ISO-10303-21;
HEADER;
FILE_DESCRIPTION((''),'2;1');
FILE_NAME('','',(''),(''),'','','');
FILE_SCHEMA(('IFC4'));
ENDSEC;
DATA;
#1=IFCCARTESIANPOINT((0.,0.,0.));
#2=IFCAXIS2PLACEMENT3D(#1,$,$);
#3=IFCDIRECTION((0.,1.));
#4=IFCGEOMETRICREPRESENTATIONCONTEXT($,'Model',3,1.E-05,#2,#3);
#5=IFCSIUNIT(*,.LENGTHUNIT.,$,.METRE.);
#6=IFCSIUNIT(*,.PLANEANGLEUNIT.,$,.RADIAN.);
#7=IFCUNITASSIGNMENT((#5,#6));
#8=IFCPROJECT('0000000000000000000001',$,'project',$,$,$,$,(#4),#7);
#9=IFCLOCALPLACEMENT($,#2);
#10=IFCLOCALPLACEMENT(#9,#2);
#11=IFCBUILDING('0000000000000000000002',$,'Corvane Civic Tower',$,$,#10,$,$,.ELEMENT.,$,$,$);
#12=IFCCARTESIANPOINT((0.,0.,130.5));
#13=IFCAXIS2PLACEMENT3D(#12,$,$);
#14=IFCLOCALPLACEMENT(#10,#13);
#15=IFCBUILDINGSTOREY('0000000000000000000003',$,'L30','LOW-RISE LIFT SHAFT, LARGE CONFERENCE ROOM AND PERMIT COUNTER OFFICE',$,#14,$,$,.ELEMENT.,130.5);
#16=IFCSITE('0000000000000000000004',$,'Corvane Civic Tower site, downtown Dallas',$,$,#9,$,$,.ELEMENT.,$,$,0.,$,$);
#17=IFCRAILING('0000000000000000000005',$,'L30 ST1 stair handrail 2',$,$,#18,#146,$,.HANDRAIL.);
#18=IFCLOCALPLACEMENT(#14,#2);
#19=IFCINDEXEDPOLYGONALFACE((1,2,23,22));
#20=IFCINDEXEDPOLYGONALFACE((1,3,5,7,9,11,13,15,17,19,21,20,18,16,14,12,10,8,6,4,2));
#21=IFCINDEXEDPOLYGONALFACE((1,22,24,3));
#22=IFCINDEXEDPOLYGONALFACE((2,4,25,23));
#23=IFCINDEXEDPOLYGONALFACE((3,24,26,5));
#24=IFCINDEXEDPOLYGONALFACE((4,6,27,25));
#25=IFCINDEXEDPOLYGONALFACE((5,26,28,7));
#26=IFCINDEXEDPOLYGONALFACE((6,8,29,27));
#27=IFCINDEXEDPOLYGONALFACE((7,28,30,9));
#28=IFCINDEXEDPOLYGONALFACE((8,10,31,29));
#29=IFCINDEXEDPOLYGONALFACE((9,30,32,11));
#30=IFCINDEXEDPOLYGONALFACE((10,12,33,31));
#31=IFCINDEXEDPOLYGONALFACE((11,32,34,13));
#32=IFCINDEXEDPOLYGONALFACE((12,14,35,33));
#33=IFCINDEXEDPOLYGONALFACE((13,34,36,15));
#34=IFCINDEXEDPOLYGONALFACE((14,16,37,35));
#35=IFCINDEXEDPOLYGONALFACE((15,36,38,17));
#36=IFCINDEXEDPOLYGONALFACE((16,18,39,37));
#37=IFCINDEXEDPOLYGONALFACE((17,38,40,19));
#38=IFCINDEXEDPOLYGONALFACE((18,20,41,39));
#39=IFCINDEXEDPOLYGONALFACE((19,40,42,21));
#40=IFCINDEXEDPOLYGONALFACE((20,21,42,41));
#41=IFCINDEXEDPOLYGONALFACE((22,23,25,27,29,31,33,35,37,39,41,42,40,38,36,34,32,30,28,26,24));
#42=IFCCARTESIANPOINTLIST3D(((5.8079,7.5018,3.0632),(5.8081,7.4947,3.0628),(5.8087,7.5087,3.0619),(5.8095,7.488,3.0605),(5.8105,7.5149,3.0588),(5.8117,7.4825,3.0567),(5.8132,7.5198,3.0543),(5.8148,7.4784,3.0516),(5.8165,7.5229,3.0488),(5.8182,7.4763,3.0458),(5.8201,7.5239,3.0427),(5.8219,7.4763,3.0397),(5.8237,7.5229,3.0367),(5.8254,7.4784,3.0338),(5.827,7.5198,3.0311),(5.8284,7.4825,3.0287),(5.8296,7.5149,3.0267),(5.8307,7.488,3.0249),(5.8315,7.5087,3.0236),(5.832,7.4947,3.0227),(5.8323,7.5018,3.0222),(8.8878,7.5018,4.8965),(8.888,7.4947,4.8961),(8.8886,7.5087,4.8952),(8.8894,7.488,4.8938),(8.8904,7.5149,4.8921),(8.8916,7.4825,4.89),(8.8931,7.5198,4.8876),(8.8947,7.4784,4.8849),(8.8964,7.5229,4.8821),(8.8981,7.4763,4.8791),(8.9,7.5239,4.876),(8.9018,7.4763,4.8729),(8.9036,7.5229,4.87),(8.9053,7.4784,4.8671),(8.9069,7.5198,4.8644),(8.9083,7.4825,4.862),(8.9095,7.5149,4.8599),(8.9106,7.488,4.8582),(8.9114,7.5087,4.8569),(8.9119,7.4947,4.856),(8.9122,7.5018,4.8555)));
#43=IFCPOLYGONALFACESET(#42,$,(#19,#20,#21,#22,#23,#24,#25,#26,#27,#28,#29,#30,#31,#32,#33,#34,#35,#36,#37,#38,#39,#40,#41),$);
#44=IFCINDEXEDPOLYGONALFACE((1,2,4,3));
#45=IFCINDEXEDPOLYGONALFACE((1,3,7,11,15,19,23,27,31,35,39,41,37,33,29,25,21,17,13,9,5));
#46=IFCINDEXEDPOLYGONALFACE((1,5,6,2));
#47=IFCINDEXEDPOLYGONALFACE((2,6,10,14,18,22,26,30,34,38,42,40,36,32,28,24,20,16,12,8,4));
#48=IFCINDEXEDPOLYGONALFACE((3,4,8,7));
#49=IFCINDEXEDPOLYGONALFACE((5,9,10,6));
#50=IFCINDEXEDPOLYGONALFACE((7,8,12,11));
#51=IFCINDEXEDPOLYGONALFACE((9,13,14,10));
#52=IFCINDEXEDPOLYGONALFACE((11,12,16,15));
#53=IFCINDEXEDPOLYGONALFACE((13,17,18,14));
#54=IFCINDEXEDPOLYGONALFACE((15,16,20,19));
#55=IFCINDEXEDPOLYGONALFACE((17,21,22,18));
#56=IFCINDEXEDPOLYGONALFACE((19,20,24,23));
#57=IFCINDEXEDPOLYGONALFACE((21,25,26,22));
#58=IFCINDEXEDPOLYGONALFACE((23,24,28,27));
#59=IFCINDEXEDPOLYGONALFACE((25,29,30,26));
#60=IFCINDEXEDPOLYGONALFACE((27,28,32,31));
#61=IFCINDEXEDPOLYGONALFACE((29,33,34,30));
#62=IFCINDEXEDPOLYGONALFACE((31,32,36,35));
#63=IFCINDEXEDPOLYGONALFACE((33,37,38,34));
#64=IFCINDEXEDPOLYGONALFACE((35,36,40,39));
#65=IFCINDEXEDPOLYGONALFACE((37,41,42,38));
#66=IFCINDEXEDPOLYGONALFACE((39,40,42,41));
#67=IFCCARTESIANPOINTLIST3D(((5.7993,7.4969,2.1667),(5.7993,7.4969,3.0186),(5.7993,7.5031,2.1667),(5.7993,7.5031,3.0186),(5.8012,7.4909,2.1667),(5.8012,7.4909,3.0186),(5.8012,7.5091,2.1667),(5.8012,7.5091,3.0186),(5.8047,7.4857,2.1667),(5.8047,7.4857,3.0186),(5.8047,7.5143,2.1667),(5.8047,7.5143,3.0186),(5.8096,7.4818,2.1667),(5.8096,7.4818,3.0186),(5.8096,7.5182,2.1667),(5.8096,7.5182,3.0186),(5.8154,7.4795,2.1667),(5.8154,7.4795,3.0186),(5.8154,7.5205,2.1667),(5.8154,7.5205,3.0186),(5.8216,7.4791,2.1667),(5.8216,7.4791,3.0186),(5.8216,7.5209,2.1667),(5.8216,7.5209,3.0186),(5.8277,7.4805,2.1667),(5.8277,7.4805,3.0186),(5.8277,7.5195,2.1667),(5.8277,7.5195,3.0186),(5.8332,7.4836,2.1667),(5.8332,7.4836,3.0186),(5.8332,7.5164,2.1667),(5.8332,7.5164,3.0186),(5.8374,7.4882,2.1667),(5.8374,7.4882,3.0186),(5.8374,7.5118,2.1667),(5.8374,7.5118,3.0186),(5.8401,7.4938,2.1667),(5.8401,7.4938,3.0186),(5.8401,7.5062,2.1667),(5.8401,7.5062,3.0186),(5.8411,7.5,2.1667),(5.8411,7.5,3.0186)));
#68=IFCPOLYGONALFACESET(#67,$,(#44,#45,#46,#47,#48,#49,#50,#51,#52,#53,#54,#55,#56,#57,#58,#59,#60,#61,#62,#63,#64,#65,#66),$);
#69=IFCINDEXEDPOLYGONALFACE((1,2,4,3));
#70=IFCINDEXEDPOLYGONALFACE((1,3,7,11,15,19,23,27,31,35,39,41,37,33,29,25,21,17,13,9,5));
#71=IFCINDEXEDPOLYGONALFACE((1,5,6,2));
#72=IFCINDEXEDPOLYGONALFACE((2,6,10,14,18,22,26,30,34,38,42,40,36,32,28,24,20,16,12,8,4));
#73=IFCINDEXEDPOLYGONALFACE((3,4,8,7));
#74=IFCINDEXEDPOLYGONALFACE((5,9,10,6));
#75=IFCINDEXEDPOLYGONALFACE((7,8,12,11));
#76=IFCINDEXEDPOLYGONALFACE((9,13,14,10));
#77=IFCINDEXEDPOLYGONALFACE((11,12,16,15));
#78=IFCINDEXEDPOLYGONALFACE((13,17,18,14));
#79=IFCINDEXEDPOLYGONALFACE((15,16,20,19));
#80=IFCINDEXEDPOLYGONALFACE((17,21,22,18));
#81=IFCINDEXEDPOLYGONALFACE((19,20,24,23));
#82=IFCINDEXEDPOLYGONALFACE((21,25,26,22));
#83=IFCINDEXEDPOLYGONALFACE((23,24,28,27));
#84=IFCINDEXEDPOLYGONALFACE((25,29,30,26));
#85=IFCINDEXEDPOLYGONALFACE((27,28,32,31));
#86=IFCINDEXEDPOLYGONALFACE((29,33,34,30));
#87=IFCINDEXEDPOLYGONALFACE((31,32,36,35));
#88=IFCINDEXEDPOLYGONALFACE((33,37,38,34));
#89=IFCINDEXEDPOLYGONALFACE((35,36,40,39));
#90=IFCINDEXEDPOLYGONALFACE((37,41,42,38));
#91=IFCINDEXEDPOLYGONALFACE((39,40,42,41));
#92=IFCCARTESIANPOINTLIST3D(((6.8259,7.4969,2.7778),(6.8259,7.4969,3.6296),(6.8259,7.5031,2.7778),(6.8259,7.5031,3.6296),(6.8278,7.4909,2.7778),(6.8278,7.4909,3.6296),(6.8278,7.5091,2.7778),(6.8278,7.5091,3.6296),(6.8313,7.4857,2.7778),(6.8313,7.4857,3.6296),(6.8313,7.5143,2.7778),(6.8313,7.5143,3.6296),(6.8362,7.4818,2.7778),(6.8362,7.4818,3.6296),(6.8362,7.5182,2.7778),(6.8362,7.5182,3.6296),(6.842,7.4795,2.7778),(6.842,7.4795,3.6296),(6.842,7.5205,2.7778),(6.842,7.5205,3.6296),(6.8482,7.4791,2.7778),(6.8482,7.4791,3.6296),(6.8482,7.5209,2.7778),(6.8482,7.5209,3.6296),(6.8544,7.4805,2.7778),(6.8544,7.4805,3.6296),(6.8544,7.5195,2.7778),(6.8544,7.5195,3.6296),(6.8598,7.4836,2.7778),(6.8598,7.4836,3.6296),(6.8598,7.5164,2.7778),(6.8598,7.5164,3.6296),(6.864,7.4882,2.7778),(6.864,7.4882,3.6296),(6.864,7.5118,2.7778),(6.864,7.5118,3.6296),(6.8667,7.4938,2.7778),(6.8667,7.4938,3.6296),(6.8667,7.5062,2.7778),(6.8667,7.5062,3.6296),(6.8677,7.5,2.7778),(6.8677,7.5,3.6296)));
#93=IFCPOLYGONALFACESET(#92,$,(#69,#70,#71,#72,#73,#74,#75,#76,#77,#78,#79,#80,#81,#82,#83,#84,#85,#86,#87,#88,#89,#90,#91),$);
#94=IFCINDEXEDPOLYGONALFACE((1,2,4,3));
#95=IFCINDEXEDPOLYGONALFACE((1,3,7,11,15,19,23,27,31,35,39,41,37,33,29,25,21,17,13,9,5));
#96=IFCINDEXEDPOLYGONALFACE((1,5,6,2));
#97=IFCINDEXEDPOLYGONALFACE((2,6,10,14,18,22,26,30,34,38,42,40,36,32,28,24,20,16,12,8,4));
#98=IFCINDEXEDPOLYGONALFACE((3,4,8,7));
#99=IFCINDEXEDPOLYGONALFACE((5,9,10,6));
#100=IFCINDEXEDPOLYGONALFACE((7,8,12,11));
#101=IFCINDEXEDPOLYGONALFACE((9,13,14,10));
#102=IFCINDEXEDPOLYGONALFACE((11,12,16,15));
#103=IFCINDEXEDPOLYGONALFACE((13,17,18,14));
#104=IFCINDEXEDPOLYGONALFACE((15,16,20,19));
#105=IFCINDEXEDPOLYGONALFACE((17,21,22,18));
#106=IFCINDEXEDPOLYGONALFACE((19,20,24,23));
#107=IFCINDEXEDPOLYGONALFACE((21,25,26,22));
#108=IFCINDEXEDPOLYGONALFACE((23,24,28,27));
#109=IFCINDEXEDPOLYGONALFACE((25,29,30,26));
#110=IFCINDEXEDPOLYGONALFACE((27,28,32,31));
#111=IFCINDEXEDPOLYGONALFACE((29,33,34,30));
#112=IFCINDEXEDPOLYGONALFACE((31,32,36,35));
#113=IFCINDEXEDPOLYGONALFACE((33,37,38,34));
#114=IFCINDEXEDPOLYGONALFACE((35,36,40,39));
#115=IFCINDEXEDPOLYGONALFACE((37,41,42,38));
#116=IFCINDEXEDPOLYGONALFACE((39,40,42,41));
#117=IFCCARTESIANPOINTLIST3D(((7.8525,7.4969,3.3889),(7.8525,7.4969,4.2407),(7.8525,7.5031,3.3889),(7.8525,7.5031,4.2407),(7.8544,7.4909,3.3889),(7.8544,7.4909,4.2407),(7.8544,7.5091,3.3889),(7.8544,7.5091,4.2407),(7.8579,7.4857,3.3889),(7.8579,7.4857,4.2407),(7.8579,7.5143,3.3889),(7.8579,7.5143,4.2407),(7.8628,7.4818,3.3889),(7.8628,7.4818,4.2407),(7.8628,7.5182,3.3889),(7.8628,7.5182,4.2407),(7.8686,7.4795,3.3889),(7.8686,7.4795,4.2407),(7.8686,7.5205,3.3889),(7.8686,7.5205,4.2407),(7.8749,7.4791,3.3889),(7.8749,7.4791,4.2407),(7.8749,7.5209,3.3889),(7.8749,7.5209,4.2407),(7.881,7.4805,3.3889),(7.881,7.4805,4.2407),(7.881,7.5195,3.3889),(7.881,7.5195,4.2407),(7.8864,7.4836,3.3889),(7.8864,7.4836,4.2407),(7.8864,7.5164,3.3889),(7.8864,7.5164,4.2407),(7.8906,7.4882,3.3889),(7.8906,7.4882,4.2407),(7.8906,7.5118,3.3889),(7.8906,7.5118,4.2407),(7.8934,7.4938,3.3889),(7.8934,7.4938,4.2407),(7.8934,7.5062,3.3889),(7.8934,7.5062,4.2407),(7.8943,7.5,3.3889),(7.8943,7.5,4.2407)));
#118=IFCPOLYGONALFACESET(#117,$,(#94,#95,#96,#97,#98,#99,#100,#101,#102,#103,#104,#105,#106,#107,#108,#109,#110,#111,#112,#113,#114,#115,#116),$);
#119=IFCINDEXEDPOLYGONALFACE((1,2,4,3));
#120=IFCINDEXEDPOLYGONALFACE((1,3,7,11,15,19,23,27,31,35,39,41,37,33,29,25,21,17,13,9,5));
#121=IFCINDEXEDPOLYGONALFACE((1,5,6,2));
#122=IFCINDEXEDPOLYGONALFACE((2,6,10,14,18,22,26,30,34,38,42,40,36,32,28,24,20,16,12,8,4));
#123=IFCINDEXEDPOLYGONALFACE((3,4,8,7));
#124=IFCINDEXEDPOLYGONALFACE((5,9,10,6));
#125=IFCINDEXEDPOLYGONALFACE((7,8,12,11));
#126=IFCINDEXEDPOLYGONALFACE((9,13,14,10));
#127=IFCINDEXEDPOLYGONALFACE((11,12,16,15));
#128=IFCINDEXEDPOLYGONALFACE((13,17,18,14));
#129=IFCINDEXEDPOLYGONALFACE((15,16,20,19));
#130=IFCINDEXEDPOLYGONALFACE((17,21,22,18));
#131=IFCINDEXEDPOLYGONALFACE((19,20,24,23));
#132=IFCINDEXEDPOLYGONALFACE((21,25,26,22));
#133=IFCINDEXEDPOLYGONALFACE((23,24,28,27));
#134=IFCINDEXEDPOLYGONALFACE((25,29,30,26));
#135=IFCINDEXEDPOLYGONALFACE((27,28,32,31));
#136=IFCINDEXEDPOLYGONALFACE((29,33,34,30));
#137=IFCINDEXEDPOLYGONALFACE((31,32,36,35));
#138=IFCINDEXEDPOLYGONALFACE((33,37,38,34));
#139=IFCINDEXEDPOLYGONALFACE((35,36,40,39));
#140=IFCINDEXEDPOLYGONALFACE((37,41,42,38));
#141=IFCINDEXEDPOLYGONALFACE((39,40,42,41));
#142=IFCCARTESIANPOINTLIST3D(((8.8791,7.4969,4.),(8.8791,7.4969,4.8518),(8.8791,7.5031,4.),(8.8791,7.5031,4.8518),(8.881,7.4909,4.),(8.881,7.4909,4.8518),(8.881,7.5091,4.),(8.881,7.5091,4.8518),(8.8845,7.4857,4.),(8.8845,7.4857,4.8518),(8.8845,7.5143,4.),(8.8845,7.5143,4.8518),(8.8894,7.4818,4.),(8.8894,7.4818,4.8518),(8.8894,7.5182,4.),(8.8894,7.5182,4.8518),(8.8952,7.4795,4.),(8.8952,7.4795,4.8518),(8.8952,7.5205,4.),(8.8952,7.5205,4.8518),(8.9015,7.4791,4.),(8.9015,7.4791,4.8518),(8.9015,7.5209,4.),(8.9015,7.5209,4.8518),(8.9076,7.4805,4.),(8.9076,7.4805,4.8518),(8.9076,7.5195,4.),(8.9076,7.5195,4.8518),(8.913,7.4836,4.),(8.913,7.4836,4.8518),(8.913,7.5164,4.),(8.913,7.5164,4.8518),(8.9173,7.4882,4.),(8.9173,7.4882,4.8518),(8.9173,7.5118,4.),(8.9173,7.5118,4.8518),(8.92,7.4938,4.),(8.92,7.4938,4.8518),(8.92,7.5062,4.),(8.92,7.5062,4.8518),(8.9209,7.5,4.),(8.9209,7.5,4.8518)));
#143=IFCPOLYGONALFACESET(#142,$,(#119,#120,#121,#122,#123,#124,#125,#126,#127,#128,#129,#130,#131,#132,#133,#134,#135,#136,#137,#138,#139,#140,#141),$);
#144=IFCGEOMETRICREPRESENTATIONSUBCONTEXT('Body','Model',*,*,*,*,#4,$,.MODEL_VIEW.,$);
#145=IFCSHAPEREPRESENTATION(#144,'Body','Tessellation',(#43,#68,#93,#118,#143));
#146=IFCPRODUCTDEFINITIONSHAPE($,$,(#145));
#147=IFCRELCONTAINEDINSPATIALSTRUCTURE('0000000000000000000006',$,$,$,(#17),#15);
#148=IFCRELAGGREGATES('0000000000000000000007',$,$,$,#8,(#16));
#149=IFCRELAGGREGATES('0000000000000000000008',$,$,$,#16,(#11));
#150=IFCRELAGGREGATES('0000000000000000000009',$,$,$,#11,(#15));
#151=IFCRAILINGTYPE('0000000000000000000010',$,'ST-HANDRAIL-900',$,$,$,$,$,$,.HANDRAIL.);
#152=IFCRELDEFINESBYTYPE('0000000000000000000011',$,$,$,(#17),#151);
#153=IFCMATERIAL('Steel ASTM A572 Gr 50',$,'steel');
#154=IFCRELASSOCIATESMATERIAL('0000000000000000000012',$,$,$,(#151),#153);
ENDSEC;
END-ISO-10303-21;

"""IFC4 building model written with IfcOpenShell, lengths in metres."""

from ifc_helpers import new_model, si_unit, direction, frame, origin, origin_2d, place, context, subcontext, project, spatial, circle, extrude, material, type_object, element, save


model = new_model("IFC4")

# Units and contexts
model_context = context("Model", 3, precision=1e-05, world=origin(), true_north=direction((0.0, 1.0)))
body_context = subcontext(model_context, "Body", "Model", "MODEL_VIEW")
ifc_project = project(units=[si_unit("LENGTHUNIT", "METRE"), si_unit("PLANEANGLEUNIT", "RADIAN")], contexts=[model_context])

# Site, building, storey
site_placement = place(None, origin())
site = spatial("IfcSite", under=ifc_project, at=site_placement, Name="Corvane Civic Tower site, downtown Dallas", CompositionType="ELEMENT", RefElevation=0.0)
building_placement = place(site_placement, origin())
building = spatial("IfcBuilding", under=site, at=building_placement, Name="Corvane Civic Tower", CompositionType="ELEMENT")
storey_placement = place(building_placement, frame((0.0, 0.0, 130.5)))
storey = spatial("IfcBuildingStorey", under=building, at=storey_placement, Name="L30", Description="LOW-RISE LIFT SHAFT, LARGE CONFERENCE ROOM AND PERMIT COUNTER OFFICE", CompositionType="ELEMENT", Elevation=130.5)

# Railing
ifc_material_1 = material(Name="Steel ASTM A572 Gr 50", Category="steel")
railing_type = type_object("IfcRailingType", Name="ST-HANDRAIL-900", PredefinedType="HANDRAIL", material=ifc_material_1)
railing_placement = place(storey_placement, frame((5.8201, 7.5, 2.1667)))
element("IfcRailing", 1, at=railing_placement, inside=storey, type_object=railing_type, Name="L30 ST1 stair handrail 2", PredefinedType="HANDRAIL", context=body_context, shape_type="SweptSolid", body=[
    extrude(circle(Radius=0.0239, at=origin_2d()), frame((0.0, 0.0, 0.876), z_axis=(0.859291, 0.0, 0.511487), x_axis=(0.0, 1.0, 0.0)), (0.0, 0.0, 1.0), 3.5842),
    extrude(circle(Radius=0.021, at=origin_2d()), origin(), (0.0, 0.0, 1.0), 0.8518),
    extrude(circle(Radius=0.021, at=origin_2d()), frame((1.0266, 0.0, 0.6111)), (0.0, 0.0, 1.0), 0.8518),
    extrude(circle(Radius=0.021, at=origin_2d()), frame((2.0532, 0.0, 1.2222)), (0.0, 0.0, 1.0), 0.8518),
    extrude(circle(Radius=0.021, at=origin_2d()), frame((3.0798, 0.0, 1.8333)), (0.0, 0.0, 1.0), 0.8518),
])

save(model, "model.ifc")
